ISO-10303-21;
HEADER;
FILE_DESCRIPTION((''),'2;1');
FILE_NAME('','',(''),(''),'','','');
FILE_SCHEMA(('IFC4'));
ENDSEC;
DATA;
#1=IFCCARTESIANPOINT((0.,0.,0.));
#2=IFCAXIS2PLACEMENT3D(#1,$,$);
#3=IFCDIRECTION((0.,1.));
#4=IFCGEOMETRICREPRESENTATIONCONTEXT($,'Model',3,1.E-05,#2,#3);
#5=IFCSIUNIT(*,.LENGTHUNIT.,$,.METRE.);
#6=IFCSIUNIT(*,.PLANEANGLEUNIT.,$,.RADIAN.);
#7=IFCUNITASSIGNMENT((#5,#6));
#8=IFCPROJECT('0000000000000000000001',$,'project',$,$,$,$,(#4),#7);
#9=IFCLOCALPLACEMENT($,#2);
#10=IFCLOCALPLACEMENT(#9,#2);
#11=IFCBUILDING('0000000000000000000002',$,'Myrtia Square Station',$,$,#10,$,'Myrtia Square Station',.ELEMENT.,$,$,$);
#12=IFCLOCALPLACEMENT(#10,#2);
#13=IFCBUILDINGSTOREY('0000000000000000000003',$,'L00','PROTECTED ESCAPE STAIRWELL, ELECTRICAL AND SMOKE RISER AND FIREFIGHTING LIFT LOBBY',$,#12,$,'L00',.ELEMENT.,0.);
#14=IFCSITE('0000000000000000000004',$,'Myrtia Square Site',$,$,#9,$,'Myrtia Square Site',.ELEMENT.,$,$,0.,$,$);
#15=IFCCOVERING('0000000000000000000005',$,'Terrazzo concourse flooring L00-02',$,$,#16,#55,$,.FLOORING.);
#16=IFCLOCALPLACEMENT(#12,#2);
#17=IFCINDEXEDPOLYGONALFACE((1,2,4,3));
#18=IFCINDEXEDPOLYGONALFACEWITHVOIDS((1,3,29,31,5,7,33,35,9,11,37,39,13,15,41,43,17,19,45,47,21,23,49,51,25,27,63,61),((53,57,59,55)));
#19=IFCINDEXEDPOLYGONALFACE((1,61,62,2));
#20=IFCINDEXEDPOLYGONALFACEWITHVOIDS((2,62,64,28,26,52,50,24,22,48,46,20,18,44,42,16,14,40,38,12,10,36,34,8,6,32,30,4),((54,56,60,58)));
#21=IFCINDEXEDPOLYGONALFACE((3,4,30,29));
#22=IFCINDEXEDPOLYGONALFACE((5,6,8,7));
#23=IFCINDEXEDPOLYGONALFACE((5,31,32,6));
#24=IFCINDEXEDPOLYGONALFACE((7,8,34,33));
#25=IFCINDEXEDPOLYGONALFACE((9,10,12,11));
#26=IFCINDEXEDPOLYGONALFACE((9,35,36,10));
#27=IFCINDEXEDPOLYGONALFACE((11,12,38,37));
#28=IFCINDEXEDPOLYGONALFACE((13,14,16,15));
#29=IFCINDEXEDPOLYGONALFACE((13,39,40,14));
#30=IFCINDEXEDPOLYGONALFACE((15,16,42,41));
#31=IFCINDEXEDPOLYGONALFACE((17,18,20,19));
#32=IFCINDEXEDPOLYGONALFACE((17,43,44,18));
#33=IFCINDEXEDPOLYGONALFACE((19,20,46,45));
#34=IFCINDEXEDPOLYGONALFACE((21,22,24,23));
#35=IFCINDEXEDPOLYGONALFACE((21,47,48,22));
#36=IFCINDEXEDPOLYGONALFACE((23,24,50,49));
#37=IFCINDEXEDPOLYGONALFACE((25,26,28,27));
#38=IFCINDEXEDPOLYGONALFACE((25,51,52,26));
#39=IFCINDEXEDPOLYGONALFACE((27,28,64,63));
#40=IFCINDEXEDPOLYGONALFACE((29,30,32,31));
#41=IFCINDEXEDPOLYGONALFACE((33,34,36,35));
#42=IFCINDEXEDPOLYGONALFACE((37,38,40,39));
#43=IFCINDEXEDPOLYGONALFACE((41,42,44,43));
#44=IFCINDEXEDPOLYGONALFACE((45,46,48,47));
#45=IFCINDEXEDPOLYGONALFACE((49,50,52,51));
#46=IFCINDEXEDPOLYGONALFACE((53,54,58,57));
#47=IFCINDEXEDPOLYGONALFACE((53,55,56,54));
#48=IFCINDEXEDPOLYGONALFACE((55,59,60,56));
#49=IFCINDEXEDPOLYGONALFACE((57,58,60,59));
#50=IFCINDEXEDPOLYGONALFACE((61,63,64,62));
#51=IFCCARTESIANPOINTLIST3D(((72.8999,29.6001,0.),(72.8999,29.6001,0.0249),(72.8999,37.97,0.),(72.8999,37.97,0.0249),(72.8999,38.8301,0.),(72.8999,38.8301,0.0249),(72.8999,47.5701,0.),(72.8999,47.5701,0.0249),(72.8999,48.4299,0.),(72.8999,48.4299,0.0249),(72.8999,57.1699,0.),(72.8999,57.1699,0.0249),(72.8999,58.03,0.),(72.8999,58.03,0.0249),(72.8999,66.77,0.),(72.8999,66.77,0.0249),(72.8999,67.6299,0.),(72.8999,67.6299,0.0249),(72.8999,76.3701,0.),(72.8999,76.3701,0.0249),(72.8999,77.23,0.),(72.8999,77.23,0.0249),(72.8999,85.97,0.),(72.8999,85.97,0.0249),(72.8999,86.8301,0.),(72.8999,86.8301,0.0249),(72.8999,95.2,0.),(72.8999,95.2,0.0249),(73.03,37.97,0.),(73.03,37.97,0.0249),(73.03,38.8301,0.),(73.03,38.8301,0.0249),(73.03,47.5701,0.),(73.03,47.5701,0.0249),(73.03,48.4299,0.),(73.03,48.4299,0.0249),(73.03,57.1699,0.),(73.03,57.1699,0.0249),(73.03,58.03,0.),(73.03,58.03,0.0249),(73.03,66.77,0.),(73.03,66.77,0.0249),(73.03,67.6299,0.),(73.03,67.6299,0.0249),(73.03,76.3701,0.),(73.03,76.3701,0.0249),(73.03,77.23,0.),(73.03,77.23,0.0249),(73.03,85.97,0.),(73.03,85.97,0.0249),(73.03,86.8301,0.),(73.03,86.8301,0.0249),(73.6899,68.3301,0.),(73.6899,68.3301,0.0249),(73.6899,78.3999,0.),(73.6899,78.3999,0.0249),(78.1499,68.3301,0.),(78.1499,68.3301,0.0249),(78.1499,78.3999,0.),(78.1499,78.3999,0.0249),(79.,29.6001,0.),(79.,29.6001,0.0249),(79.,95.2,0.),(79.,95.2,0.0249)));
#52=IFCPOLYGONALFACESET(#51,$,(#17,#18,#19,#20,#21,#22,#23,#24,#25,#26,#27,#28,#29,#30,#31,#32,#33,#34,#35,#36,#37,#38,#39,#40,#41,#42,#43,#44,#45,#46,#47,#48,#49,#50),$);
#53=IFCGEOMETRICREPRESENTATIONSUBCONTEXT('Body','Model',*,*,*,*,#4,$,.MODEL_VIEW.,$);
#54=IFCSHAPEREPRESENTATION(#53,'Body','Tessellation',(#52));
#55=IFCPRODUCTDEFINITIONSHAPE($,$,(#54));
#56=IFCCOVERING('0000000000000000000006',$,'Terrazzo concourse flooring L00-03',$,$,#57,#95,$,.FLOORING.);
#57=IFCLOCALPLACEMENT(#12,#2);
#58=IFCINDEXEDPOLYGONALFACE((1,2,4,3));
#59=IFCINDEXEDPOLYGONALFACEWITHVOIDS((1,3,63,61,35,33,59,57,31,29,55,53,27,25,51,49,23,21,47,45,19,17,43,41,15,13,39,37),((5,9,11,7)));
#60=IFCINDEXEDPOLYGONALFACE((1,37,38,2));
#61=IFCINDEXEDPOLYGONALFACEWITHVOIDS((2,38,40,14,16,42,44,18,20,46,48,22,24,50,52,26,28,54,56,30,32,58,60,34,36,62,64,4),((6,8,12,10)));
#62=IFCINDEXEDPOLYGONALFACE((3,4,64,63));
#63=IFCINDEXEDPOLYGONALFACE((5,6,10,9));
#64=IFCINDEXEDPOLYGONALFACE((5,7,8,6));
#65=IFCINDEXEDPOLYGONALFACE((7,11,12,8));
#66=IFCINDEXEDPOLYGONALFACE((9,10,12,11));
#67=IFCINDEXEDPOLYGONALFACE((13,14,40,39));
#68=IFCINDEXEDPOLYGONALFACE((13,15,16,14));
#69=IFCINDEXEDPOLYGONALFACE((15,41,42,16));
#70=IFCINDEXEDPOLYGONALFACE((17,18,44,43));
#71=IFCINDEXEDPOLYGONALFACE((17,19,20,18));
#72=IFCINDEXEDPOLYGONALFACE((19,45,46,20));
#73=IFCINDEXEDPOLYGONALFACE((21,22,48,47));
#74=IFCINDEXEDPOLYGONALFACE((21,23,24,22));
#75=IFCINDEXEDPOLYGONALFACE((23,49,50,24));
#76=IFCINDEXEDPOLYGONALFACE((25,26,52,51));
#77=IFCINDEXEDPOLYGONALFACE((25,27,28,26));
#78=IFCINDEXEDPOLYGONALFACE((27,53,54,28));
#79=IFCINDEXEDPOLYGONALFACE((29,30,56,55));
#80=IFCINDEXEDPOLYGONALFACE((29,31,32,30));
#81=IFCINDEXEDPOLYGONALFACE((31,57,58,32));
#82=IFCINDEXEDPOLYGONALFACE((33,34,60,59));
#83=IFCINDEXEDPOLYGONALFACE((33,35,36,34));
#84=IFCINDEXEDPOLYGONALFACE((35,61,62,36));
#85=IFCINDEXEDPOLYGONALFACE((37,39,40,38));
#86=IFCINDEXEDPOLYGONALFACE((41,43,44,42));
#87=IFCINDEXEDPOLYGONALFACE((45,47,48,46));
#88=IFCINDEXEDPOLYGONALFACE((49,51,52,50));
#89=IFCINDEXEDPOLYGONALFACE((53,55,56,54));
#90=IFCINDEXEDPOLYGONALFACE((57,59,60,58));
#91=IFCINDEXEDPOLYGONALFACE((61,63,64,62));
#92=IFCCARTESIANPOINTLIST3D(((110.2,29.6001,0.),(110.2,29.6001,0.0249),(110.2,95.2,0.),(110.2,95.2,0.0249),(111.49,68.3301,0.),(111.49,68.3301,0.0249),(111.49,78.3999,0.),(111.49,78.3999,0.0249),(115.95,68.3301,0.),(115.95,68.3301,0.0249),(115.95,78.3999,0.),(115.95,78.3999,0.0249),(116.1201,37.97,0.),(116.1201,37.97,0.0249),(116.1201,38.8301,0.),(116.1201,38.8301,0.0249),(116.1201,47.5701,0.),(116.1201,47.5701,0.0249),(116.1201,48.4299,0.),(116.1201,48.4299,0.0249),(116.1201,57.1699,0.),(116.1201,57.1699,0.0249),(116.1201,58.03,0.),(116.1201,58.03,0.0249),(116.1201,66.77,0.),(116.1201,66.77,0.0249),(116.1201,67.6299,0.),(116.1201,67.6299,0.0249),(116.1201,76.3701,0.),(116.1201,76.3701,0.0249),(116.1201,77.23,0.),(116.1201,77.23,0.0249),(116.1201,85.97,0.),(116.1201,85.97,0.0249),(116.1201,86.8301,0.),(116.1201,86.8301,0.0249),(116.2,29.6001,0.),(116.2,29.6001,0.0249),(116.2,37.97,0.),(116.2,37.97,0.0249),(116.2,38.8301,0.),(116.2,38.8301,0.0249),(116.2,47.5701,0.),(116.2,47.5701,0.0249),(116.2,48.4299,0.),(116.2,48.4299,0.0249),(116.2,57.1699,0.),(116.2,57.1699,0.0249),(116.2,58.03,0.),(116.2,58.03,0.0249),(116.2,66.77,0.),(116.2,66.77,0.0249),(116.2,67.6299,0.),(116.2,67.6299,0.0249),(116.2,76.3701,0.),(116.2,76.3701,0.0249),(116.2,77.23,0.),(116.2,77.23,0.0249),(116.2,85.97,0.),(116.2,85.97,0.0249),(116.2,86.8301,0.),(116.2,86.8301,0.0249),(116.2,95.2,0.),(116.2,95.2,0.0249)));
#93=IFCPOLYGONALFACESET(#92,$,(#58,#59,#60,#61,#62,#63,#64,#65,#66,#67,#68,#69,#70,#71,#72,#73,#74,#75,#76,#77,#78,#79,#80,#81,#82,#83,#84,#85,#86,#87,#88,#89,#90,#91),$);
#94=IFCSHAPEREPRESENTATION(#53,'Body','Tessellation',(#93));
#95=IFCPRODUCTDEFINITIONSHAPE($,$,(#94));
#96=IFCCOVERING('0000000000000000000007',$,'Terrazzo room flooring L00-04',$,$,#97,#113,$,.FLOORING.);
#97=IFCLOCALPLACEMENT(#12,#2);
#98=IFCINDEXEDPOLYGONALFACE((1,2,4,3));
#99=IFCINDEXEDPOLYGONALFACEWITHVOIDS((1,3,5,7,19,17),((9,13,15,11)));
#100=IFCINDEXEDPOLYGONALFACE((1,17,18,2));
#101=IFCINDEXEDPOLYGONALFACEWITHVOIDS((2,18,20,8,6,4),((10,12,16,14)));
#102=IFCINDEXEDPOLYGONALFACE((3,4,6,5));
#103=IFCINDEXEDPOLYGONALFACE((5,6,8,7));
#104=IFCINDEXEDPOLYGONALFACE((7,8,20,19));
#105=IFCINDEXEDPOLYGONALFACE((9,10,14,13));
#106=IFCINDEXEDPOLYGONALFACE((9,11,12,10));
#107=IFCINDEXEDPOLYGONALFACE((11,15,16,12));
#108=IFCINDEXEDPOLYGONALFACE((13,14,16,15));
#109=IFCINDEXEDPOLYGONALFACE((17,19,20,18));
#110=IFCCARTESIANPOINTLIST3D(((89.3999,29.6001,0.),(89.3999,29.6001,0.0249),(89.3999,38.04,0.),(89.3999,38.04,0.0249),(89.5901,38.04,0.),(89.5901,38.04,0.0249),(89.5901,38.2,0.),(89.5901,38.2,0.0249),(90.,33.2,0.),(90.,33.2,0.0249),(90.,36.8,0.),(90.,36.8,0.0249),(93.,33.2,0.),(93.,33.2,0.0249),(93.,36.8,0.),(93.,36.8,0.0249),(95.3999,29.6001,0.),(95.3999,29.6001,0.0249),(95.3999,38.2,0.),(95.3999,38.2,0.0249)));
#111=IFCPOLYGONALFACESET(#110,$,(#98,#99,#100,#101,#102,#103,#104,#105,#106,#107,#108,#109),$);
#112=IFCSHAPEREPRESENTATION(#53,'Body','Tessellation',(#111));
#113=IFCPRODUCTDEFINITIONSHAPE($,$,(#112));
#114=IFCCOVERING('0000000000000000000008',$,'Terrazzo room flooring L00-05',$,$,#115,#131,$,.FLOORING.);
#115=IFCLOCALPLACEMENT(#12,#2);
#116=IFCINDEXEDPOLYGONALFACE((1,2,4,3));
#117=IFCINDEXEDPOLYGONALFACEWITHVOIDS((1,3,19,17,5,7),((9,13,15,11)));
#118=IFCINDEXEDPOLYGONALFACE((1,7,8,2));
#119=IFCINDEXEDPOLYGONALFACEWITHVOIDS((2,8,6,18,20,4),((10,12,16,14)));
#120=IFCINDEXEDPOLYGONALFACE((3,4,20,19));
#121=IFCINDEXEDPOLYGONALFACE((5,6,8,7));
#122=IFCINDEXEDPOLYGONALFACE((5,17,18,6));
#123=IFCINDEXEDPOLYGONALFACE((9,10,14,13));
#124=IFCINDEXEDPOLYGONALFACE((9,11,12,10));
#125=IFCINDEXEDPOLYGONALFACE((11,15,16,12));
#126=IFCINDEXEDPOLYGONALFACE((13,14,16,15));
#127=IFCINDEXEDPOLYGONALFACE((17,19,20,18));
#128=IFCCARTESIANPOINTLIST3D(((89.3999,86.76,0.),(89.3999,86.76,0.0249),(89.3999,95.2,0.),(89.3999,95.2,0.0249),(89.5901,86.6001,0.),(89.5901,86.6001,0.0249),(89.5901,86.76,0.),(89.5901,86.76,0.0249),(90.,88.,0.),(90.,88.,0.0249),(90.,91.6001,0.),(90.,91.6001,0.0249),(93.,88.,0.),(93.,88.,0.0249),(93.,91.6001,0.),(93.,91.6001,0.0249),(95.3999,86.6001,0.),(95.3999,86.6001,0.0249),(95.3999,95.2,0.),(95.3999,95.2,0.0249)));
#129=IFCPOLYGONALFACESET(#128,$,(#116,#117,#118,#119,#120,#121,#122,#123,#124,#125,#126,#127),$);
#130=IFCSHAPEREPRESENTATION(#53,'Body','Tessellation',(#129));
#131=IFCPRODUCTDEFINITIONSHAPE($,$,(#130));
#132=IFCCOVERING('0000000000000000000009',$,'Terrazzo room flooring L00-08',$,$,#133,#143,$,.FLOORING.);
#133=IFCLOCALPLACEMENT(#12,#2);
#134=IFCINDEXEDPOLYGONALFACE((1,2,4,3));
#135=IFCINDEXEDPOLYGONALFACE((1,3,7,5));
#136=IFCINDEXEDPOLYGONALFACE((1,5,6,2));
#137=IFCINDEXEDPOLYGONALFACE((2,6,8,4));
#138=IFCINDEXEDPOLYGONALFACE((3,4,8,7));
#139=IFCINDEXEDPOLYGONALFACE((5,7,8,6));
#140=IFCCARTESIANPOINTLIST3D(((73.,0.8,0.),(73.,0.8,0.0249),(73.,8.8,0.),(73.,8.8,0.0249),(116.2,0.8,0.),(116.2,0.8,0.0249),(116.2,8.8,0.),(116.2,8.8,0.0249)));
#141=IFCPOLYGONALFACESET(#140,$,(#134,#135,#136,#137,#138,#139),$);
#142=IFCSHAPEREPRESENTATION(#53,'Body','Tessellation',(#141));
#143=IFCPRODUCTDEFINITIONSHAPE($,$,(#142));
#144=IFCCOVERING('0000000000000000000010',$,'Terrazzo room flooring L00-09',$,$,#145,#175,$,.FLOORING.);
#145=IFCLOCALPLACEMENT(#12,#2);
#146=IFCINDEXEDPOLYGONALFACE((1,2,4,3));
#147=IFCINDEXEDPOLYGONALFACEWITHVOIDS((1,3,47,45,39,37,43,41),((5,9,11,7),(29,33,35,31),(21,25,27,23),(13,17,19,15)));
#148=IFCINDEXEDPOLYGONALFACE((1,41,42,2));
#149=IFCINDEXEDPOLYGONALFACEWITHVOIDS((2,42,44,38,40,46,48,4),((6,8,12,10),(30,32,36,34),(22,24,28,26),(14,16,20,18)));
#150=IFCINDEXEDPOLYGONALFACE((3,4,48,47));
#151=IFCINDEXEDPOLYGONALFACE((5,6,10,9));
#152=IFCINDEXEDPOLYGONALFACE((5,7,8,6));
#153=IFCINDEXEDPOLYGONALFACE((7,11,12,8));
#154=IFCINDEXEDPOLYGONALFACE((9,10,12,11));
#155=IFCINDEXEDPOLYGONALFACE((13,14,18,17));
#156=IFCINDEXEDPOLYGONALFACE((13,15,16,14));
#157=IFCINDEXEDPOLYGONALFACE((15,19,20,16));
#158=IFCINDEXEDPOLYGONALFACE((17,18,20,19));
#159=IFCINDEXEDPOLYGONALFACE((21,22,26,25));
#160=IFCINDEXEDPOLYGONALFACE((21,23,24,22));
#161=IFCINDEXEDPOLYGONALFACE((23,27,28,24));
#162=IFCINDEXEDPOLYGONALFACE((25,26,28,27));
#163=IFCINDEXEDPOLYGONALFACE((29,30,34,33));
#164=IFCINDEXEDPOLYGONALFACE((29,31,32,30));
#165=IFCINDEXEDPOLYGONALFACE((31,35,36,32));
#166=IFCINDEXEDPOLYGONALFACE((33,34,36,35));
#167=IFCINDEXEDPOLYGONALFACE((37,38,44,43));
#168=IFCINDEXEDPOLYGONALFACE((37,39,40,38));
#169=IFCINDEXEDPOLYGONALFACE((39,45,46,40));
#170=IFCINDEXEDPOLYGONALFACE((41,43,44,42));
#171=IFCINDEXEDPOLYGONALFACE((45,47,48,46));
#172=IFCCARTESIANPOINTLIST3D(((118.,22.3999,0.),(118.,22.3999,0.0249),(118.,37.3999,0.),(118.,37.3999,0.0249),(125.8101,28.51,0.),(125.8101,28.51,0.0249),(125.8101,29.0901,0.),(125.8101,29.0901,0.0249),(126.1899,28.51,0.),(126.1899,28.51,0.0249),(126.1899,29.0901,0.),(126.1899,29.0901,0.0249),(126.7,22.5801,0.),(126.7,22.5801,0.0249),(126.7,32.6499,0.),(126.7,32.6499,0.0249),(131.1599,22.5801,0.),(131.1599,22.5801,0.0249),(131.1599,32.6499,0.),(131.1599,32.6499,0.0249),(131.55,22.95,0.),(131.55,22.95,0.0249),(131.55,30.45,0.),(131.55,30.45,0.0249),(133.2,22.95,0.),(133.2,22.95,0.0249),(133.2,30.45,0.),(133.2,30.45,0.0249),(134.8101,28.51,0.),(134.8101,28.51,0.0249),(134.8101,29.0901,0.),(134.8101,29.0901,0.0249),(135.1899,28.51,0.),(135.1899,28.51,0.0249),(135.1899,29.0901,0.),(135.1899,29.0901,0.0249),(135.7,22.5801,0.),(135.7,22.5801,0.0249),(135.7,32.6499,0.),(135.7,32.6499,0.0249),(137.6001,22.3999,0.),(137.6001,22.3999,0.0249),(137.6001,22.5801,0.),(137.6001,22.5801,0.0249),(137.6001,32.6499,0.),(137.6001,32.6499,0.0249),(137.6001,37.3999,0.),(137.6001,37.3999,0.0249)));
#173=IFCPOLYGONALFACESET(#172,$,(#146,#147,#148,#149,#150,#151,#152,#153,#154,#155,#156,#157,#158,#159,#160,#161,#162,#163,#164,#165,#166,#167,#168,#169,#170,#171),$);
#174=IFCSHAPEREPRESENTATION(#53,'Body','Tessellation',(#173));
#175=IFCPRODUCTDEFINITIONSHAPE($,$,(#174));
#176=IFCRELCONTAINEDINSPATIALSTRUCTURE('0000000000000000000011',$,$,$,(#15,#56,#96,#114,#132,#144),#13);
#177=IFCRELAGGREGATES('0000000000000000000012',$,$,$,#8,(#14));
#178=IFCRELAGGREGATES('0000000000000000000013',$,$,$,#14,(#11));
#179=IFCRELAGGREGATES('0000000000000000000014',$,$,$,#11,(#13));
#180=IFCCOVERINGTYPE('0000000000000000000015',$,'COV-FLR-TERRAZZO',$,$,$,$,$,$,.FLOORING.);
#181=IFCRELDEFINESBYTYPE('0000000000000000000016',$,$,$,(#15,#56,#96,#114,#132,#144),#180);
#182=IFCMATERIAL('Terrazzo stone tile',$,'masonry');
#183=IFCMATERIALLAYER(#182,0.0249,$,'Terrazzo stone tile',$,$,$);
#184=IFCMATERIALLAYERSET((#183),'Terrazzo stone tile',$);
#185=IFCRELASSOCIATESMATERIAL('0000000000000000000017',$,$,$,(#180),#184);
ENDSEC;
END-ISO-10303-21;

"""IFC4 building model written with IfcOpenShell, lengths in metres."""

from ifc_helpers import new_model, si_unit, direction, origin, place, context, subcontext, project, spatial, polyline, outline, extrude, material, layer, layer_set, type_object, element, save


model = new_model("IFC4")

# Units and contexts
model_context = context("Model", 3, precision=1e-05, world=origin(), true_north=direction((0.0, 1.0)))
body_context = subcontext(model_context, "Body", "Model", "MODEL_VIEW")
ifc_project = project(units=[si_unit("LENGTHUNIT", "METRE"), si_unit("PLANEANGLEUNIT", "RADIAN")], contexts=[model_context])

# Site, building, storey
site_placement = place(None, origin())
site = spatial("IfcSite", under=ifc_project, at=site_placement, Name="Myrtia Square Site", LongName="Myrtia Square Site", CompositionType="ELEMENT", RefElevation=0.0)
building_placement = place(site_placement, origin())
building = spatial("IfcBuilding", under=site, at=building_placement, Name="Myrtia Square Station", LongName="Myrtia Square Station", CompositionType="ELEMENT")
storey_placement = place(building_placement, origin())
storey = spatial("IfcBuildingStorey", under=building, at=storey_placement, Name="L00", Description="PROTECTED ESCAPE STAIRWELL, ELECTRICAL AND SMOKE RISER AND FIREFIGHTING LIFT LOBBY", LongName="L00", CompositionType="ELEMENT", Elevation=0.0)

# Coverings
ifc_material_1 = material(Name="Terrazzo stone tile", Category="masonry")
ifc_layer_1 = layer(ifc_material_1, 0.0249, Name="Terrazzo stone tile")
ifc_layer_set_1 = layer_set([ifc_layer_1], Name="Terrazzo stone tile")
covering_type_1 = type_object("IfcCoveringType", Name="COV-FLR-TERRAZZO", PredefinedType="FLOORING", material=ifc_layer_set_1)
covering_1_placement = place(storey_placement, origin())
element("IfcCovering", 1, at=covering_1_placement, inside=storey, type_object=covering_type_1, Name="Terrazzo concourse flooring L00-02", PredefinedType="FLOORING", context=body_context, shape_type="SweptSolid", body=[
    extrude(outline(polyline([(72.8999, 37.97), (73.03, 37.97), (73.03, 38.8301), (72.8999, 38.8301), (72.8999, 47.5701), (73.03, 47.5701), (73.03, 48.4299), (72.8999, 48.4299), (72.8999, 57.1699), (73.03, 57.1699), (73.03, 58.03), (72.8999, 58.03), (72.8999, 66.77), (73.03, 66.77), (73.03, 67.6299), (72.8999, 67.6299), (72.8999, 76.3701), (73.03, 76.3701), (73.03, 77.23), (72.8999, 77.23), (72.8999, 85.97), (73.03, 85.97), (73.03, 86.8301), (72.8999, 86.8301), (72.8999, 95.2), (79.0, 95.2), (79.0, 29.6001), (72.8999, 29.6001), (72.8999, 37.97)]), holes=[polyline([(78.1499, 68.3301), (78.1499, 78.3999), (73.6899, 78.3999), (73.6899, 68.3301), (78.1499, 68.3301)])]), origin(), (0.0, 0.0, 1.0), 0.0249),
])
covering_2_placement = place(storey_placement, origin())
element("IfcCovering", 2, at=covering_2_placement, inside=storey, type_object=covering_type_1, Name="Terrazzo concourse flooring L00-03", PredefinedType="FLOORING", context=body_context, shape_type="SweptSolid", body=[
    extrude(outline(polyline([(110.2, 95.2), (116.2, 95.2), (116.2, 86.8301), (116.1201, 86.8301), (116.1201, 85.97), (116.2, 85.97), (116.2, 77.23), (116.1201, 77.23), (116.1201, 76.3701), (116.2, 76.3701), (116.2, 67.6299), (116.1201, 67.6299), (116.1201, 66.77), (116.2, 66.77), (116.2, 58.03), (116.1201, 58.03), (116.1201, 57.1699), (116.2, 57.1699), (116.2, 48.4299), (116.1201, 48.4299), (116.1201, 47.5701), (116.2, 47.5701), (116.2, 38.8301), (116.1201, 38.8301), (116.1201, 37.97), (116.2, 37.97), (116.2, 29.6001), (110.2, 29.6001), (110.2, 95.2)]), holes=[polyline([(115.95, 78.3999), (111.49, 78.3999), (111.49, 68.3301), (115.95, 68.3301), (115.95, 78.3999)])]), origin(), (0.0, 0.0, 1.0), 0.0249),
])
covering_3_placement = place(storey_placement, origin())
element("IfcCovering", 3, at=covering_3_placement, inside=storey, type_object=covering_type_1, Name="Terrazzo room flooring L00-04", PredefinedType="FLOORING", context=body_context, shape_type="SweptSolid", body=[
    extrude(outline(polyline([(89.3999, 38.04), (89.5901, 38.04), (89.5901, 38.2), (95.3999, 38.2), (95.3999, 29.6001), (89.3999, 29.6001), (89.3999, 38.04)]), holes=[polyline([(93.0, 33.2), (93.0, 36.8), (90.0, 36.8), (90.0, 33.2), (93.0, 33.2)])]), origin(), (0.0, 0.0, 1.0), 0.0249),
])
covering_4_placement = place(storey_placement, origin())
element("IfcCovering", 4, at=covering_4_placement, inside=storey, type_object=covering_type_1, Name="Terrazzo room flooring L00-05", PredefinedType="FLOORING", context=body_context, shape_type="SweptSolid", body=[
    extrude(outline(polyline([(89.3999, 95.2), (95.3999, 95.2), (95.3999, 86.6001), (89.5901, 86.6001), (89.5901, 86.76), (89.3999, 86.76), (89.3999, 95.2)]), holes=[polyline([(93.0, 91.6001), (90.0, 91.6001), (90.0, 88.0), (93.0, 88.0), (93.0, 91.6001)])]), origin(), (0.0, 0.0, 1.0), 0.0249),
])
covering_5_placement = place(storey_placement, origin())
element("IfcCovering", 5, at=covering_5_placement, inside=storey, type_object=covering_type_1, Name="Terrazzo room flooring L00-08", PredefinedType="FLOORING", context=body_context, shape_type="SweptSolid", body=[
    extrude(outline(polyline([(73.0, 8.8), (116.2, 8.8), (116.2, 0.8), (73.0, 0.8), (73.0, 8.8)])), origin(), (0.0, 0.0, 1.0), 0.0249),
])
covering_6_placement = place(storey_placement, origin())
element("IfcCovering", 6, at=covering_6_placement, inside=storey, type_object=covering_type_1, Name="Terrazzo room flooring L00-09", PredefinedType="FLOORING", context=body_context, shape_type="SweptSolid", body=[
    extrude(outline(polyline([(118.0, 22.3999), (118.0, 37.3999), (137.6001, 37.3999), (137.6001, 32.6499), (135.7, 32.6499), (135.7, 22.5801), (137.6001, 22.5801), (137.6001, 22.3999), (118.0, 22.3999)]), holes=[polyline([(133.2, 30.45), (131.55, 30.45), (131.55, 22.95), (133.2, 22.95), (133.2, 30.45)]), polyline([(131.1599, 22.5801), (131.1599, 32.6499), (126.7, 32.6499), (126.7, 22.5801), (131.1599, 22.5801)]), polyline([(126.1899, 29.0901), (125.8101, 29.0901), (125.8101, 28.51), (126.1899, 28.51), (126.1899, 29.0901)]), polyline([(135.1899, 29.0901), (134.8101, 29.0901), (134.8101, 28.51), (135.1899, 28.51), (135.1899, 29.0901)])]), origin(), (0.0, 0.0, 1.0), 0.0249),
])

save(model, "model.ifc")
